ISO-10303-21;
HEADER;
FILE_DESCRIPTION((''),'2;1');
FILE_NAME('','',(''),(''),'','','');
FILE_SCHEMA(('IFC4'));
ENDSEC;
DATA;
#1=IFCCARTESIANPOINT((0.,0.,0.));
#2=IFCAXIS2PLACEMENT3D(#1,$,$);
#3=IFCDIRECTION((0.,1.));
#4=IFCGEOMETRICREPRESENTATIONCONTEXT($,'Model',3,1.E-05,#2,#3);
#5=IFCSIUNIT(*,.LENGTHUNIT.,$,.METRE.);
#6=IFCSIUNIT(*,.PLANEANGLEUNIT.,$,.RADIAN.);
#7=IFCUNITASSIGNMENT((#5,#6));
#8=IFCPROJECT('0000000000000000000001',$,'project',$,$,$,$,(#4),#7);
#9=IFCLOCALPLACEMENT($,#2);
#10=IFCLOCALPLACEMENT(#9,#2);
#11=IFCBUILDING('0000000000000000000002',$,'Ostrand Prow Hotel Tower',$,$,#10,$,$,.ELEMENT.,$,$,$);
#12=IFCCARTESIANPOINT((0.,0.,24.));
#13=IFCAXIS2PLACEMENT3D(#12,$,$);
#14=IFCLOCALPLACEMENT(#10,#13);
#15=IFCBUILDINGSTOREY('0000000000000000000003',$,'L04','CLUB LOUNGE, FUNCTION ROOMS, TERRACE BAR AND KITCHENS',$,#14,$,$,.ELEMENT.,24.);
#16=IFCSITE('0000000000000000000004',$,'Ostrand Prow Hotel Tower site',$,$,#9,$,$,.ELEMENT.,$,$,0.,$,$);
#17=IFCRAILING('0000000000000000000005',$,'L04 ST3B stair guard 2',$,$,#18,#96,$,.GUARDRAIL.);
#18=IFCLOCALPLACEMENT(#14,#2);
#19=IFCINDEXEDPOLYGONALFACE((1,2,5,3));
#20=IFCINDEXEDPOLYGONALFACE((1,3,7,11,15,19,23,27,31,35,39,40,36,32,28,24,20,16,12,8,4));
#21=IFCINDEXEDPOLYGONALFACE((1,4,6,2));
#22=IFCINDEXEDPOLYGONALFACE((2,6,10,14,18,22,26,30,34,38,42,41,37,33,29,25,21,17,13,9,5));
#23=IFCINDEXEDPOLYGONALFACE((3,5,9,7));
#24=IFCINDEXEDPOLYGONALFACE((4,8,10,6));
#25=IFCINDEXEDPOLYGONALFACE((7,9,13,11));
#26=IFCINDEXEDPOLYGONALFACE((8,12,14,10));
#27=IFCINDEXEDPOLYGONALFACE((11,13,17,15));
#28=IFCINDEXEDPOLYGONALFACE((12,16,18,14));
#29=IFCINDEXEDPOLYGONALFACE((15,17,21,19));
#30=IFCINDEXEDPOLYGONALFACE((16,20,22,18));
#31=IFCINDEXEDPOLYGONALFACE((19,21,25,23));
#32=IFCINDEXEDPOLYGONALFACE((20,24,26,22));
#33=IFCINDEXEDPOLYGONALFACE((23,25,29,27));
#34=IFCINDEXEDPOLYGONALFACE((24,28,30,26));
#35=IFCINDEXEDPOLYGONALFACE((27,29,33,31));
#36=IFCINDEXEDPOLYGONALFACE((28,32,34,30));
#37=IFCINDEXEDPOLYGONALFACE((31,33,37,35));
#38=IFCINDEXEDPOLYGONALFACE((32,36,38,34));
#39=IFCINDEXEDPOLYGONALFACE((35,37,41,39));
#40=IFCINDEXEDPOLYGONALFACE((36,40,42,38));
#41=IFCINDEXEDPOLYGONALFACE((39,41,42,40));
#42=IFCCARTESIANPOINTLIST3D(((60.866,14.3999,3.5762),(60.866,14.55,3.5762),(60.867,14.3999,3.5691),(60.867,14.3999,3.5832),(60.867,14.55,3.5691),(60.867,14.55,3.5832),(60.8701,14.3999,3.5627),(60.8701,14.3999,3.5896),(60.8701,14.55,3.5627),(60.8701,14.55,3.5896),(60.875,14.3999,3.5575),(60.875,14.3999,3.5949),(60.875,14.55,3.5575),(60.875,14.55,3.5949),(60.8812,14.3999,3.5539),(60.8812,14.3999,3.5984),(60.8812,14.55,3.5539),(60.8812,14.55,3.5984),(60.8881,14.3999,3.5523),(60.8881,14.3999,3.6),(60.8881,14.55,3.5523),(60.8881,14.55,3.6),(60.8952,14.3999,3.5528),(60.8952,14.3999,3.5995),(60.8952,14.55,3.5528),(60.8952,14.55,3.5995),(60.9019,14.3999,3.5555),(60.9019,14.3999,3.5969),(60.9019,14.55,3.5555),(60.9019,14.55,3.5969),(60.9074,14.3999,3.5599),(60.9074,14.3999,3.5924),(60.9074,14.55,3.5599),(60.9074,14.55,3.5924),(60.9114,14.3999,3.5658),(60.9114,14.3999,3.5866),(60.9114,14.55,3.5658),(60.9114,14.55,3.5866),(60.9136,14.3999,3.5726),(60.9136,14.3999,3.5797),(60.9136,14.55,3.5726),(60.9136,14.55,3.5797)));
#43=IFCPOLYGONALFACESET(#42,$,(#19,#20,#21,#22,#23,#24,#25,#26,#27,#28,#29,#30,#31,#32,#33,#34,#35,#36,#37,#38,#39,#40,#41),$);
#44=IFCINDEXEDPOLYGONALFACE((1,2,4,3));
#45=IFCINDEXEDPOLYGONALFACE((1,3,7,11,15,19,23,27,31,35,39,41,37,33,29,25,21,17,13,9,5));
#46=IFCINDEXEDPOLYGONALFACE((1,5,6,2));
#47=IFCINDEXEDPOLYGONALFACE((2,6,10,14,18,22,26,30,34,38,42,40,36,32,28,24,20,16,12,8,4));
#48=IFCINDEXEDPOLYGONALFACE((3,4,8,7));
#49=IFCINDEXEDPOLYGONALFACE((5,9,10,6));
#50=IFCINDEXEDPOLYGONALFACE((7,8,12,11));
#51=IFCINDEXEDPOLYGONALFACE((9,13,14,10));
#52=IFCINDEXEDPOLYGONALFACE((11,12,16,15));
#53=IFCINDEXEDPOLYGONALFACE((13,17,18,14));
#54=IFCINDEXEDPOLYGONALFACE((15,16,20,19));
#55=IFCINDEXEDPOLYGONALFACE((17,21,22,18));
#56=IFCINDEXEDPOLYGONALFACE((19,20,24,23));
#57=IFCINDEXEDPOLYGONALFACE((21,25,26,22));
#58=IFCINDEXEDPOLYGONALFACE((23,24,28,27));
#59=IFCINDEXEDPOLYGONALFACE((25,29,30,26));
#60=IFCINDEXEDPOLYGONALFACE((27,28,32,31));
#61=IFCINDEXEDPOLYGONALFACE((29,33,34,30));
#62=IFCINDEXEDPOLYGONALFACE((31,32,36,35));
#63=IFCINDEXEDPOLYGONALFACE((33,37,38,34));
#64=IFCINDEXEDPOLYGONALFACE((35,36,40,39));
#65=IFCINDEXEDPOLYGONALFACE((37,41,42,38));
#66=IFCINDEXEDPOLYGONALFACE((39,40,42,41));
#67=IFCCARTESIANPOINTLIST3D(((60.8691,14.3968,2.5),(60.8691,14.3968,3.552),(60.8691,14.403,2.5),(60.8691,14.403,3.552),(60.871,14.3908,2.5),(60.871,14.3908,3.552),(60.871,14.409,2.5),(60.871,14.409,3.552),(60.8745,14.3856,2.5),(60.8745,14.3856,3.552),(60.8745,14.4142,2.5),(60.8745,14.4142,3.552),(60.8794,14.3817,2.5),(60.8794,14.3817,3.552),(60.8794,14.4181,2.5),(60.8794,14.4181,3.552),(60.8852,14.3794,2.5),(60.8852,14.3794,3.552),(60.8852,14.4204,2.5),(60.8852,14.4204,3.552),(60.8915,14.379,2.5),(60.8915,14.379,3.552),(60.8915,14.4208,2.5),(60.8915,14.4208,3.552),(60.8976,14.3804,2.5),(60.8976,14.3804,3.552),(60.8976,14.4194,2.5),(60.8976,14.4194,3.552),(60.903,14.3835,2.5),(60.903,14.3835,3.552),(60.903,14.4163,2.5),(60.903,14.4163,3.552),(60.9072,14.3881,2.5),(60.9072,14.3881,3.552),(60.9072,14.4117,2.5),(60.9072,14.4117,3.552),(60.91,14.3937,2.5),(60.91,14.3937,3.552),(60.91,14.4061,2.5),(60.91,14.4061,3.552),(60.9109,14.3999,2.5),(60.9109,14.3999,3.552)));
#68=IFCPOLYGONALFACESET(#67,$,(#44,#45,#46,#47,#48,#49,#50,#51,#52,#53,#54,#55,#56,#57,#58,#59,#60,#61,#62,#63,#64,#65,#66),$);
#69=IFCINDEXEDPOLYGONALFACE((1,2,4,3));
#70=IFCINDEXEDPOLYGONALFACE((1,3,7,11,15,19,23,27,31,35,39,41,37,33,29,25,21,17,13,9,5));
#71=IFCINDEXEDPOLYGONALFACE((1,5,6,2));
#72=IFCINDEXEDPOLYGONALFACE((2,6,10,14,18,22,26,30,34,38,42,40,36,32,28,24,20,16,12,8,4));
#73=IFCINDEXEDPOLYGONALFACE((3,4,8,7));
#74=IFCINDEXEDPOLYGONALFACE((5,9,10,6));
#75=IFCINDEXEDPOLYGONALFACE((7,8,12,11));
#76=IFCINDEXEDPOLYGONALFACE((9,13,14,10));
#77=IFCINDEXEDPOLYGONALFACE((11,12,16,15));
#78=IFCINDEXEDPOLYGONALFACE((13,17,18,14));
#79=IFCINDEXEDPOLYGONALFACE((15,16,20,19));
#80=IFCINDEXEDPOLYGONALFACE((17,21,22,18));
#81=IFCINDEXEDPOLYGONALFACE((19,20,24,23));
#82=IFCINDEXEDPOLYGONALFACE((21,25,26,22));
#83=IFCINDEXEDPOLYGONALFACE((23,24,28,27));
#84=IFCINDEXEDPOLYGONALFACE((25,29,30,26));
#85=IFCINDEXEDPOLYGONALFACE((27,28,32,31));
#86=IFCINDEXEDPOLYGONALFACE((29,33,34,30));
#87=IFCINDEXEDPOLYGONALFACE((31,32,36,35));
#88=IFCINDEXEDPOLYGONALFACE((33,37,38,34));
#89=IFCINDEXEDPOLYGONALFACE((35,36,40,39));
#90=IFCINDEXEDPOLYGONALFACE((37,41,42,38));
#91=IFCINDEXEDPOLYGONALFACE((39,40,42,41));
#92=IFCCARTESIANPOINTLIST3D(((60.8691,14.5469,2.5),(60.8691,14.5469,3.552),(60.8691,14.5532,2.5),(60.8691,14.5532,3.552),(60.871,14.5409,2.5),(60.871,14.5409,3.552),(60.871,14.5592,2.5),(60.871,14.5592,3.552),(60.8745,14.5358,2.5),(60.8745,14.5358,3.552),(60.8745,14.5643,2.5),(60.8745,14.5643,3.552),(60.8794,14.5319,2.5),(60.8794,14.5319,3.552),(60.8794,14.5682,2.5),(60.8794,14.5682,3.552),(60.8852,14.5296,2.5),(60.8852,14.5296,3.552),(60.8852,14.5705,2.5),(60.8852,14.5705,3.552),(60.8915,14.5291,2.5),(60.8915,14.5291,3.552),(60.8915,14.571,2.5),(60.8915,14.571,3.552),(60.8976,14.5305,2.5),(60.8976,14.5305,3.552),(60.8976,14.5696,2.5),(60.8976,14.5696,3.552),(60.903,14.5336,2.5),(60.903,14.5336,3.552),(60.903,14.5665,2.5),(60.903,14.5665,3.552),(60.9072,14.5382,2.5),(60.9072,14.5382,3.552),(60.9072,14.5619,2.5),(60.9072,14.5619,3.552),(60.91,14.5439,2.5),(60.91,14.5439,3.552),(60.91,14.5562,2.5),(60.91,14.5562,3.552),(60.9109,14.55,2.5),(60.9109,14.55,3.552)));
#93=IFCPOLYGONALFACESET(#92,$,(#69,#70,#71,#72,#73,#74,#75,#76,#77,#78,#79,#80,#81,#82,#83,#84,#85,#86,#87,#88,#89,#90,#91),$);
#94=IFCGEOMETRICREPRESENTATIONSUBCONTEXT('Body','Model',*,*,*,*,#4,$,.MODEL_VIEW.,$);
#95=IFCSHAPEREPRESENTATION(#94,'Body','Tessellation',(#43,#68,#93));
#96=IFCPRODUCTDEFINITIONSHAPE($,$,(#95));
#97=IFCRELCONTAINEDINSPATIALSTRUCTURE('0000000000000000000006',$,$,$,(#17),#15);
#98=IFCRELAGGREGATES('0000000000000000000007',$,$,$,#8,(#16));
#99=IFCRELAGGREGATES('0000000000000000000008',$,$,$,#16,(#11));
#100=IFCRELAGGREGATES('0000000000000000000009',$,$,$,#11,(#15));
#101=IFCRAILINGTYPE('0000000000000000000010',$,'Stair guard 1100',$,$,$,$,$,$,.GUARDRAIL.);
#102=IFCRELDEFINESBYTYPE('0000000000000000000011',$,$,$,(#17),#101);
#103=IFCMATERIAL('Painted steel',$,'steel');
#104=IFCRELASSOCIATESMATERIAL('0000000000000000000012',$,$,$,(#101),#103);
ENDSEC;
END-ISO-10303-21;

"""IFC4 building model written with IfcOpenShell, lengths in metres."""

from ifc_helpers import new_model, si_unit, direction, frame, origin, origin_2d, place, context, subcontext, project, spatial, circle, extrude, material, type_object, element, save


model = new_model("IFC4")

# Units and contexts
model_context = context("Model", 3, precision=1e-05, world=origin(), true_north=direction((0.0, 1.0)))
body_context = subcontext(model_context, "Body", "Model", "MODEL_VIEW")
ifc_project = project(units=[si_unit("LENGTHUNIT", "METRE"), si_unit("PLANEANGLEUNIT", "RADIAN")], contexts=[model_context])

# Site, building, storey
site_placement = place(None, origin())
site = spatial("IfcSite", under=ifc_project, at=site_placement, Name="Ostrand Prow Hotel Tower site", CompositionType="ELEMENT", RefElevation=0.0)
building_placement = place(site_placement, origin())
building = spatial("IfcBuilding", under=site, at=building_placement, Name="Ostrand Prow Hotel Tower", CompositionType="ELEMENT")
storey_placement = place(building_placement, frame((0.0, 0.0, 24.0)))
storey = spatial("IfcBuildingStorey", under=building, at=storey_placement, Name="L04", Description="CLUB LOUNGE, FUNCTION ROOMS, TERRACE BAR AND KITCHENS", CompositionType="ELEMENT", Elevation=24.0)

# Railing
ifc_material_1 = material(Name="Painted steel", Category="steel")
railing_type_1 = type_object("IfcRailingType", Name="Stair guard 1100", PredefinedType="GUARDRAIL", material=ifc_material_1)
railing_1_placement = place(storey_placement, frame((60.8899, 14.3999, 2.5)))
element("IfcRailing", 1, at=railing_1_placement, inside=storey, type_object=railing_type_1, Name="L04 ST3B stair guard 2", PredefinedType="GUARDRAIL", context=body_context, shape_type="SweptSolid", body=[
    extrude(circle(Radius=0.0239, at=origin_2d()), frame((0.0, 0.0, 1.0762), z_axis=(0.0, 1.0, 0.0), x_axis=(-1.0, 0.0, 0.0)), (0.0, 0.0, 1.0), 0.1501),
    extrude(circle(Radius=0.021, at=origin_2d()), origin(), (0.0, 0.0, 1.0), 1.052),
    extrude(circle(Radius=0.021, at=origin_2d()), frame((0.0, 0.1501, 0.0)), (0.0, 0.0, 1.0), 1.052),
])

save(model, "model.ifc")
